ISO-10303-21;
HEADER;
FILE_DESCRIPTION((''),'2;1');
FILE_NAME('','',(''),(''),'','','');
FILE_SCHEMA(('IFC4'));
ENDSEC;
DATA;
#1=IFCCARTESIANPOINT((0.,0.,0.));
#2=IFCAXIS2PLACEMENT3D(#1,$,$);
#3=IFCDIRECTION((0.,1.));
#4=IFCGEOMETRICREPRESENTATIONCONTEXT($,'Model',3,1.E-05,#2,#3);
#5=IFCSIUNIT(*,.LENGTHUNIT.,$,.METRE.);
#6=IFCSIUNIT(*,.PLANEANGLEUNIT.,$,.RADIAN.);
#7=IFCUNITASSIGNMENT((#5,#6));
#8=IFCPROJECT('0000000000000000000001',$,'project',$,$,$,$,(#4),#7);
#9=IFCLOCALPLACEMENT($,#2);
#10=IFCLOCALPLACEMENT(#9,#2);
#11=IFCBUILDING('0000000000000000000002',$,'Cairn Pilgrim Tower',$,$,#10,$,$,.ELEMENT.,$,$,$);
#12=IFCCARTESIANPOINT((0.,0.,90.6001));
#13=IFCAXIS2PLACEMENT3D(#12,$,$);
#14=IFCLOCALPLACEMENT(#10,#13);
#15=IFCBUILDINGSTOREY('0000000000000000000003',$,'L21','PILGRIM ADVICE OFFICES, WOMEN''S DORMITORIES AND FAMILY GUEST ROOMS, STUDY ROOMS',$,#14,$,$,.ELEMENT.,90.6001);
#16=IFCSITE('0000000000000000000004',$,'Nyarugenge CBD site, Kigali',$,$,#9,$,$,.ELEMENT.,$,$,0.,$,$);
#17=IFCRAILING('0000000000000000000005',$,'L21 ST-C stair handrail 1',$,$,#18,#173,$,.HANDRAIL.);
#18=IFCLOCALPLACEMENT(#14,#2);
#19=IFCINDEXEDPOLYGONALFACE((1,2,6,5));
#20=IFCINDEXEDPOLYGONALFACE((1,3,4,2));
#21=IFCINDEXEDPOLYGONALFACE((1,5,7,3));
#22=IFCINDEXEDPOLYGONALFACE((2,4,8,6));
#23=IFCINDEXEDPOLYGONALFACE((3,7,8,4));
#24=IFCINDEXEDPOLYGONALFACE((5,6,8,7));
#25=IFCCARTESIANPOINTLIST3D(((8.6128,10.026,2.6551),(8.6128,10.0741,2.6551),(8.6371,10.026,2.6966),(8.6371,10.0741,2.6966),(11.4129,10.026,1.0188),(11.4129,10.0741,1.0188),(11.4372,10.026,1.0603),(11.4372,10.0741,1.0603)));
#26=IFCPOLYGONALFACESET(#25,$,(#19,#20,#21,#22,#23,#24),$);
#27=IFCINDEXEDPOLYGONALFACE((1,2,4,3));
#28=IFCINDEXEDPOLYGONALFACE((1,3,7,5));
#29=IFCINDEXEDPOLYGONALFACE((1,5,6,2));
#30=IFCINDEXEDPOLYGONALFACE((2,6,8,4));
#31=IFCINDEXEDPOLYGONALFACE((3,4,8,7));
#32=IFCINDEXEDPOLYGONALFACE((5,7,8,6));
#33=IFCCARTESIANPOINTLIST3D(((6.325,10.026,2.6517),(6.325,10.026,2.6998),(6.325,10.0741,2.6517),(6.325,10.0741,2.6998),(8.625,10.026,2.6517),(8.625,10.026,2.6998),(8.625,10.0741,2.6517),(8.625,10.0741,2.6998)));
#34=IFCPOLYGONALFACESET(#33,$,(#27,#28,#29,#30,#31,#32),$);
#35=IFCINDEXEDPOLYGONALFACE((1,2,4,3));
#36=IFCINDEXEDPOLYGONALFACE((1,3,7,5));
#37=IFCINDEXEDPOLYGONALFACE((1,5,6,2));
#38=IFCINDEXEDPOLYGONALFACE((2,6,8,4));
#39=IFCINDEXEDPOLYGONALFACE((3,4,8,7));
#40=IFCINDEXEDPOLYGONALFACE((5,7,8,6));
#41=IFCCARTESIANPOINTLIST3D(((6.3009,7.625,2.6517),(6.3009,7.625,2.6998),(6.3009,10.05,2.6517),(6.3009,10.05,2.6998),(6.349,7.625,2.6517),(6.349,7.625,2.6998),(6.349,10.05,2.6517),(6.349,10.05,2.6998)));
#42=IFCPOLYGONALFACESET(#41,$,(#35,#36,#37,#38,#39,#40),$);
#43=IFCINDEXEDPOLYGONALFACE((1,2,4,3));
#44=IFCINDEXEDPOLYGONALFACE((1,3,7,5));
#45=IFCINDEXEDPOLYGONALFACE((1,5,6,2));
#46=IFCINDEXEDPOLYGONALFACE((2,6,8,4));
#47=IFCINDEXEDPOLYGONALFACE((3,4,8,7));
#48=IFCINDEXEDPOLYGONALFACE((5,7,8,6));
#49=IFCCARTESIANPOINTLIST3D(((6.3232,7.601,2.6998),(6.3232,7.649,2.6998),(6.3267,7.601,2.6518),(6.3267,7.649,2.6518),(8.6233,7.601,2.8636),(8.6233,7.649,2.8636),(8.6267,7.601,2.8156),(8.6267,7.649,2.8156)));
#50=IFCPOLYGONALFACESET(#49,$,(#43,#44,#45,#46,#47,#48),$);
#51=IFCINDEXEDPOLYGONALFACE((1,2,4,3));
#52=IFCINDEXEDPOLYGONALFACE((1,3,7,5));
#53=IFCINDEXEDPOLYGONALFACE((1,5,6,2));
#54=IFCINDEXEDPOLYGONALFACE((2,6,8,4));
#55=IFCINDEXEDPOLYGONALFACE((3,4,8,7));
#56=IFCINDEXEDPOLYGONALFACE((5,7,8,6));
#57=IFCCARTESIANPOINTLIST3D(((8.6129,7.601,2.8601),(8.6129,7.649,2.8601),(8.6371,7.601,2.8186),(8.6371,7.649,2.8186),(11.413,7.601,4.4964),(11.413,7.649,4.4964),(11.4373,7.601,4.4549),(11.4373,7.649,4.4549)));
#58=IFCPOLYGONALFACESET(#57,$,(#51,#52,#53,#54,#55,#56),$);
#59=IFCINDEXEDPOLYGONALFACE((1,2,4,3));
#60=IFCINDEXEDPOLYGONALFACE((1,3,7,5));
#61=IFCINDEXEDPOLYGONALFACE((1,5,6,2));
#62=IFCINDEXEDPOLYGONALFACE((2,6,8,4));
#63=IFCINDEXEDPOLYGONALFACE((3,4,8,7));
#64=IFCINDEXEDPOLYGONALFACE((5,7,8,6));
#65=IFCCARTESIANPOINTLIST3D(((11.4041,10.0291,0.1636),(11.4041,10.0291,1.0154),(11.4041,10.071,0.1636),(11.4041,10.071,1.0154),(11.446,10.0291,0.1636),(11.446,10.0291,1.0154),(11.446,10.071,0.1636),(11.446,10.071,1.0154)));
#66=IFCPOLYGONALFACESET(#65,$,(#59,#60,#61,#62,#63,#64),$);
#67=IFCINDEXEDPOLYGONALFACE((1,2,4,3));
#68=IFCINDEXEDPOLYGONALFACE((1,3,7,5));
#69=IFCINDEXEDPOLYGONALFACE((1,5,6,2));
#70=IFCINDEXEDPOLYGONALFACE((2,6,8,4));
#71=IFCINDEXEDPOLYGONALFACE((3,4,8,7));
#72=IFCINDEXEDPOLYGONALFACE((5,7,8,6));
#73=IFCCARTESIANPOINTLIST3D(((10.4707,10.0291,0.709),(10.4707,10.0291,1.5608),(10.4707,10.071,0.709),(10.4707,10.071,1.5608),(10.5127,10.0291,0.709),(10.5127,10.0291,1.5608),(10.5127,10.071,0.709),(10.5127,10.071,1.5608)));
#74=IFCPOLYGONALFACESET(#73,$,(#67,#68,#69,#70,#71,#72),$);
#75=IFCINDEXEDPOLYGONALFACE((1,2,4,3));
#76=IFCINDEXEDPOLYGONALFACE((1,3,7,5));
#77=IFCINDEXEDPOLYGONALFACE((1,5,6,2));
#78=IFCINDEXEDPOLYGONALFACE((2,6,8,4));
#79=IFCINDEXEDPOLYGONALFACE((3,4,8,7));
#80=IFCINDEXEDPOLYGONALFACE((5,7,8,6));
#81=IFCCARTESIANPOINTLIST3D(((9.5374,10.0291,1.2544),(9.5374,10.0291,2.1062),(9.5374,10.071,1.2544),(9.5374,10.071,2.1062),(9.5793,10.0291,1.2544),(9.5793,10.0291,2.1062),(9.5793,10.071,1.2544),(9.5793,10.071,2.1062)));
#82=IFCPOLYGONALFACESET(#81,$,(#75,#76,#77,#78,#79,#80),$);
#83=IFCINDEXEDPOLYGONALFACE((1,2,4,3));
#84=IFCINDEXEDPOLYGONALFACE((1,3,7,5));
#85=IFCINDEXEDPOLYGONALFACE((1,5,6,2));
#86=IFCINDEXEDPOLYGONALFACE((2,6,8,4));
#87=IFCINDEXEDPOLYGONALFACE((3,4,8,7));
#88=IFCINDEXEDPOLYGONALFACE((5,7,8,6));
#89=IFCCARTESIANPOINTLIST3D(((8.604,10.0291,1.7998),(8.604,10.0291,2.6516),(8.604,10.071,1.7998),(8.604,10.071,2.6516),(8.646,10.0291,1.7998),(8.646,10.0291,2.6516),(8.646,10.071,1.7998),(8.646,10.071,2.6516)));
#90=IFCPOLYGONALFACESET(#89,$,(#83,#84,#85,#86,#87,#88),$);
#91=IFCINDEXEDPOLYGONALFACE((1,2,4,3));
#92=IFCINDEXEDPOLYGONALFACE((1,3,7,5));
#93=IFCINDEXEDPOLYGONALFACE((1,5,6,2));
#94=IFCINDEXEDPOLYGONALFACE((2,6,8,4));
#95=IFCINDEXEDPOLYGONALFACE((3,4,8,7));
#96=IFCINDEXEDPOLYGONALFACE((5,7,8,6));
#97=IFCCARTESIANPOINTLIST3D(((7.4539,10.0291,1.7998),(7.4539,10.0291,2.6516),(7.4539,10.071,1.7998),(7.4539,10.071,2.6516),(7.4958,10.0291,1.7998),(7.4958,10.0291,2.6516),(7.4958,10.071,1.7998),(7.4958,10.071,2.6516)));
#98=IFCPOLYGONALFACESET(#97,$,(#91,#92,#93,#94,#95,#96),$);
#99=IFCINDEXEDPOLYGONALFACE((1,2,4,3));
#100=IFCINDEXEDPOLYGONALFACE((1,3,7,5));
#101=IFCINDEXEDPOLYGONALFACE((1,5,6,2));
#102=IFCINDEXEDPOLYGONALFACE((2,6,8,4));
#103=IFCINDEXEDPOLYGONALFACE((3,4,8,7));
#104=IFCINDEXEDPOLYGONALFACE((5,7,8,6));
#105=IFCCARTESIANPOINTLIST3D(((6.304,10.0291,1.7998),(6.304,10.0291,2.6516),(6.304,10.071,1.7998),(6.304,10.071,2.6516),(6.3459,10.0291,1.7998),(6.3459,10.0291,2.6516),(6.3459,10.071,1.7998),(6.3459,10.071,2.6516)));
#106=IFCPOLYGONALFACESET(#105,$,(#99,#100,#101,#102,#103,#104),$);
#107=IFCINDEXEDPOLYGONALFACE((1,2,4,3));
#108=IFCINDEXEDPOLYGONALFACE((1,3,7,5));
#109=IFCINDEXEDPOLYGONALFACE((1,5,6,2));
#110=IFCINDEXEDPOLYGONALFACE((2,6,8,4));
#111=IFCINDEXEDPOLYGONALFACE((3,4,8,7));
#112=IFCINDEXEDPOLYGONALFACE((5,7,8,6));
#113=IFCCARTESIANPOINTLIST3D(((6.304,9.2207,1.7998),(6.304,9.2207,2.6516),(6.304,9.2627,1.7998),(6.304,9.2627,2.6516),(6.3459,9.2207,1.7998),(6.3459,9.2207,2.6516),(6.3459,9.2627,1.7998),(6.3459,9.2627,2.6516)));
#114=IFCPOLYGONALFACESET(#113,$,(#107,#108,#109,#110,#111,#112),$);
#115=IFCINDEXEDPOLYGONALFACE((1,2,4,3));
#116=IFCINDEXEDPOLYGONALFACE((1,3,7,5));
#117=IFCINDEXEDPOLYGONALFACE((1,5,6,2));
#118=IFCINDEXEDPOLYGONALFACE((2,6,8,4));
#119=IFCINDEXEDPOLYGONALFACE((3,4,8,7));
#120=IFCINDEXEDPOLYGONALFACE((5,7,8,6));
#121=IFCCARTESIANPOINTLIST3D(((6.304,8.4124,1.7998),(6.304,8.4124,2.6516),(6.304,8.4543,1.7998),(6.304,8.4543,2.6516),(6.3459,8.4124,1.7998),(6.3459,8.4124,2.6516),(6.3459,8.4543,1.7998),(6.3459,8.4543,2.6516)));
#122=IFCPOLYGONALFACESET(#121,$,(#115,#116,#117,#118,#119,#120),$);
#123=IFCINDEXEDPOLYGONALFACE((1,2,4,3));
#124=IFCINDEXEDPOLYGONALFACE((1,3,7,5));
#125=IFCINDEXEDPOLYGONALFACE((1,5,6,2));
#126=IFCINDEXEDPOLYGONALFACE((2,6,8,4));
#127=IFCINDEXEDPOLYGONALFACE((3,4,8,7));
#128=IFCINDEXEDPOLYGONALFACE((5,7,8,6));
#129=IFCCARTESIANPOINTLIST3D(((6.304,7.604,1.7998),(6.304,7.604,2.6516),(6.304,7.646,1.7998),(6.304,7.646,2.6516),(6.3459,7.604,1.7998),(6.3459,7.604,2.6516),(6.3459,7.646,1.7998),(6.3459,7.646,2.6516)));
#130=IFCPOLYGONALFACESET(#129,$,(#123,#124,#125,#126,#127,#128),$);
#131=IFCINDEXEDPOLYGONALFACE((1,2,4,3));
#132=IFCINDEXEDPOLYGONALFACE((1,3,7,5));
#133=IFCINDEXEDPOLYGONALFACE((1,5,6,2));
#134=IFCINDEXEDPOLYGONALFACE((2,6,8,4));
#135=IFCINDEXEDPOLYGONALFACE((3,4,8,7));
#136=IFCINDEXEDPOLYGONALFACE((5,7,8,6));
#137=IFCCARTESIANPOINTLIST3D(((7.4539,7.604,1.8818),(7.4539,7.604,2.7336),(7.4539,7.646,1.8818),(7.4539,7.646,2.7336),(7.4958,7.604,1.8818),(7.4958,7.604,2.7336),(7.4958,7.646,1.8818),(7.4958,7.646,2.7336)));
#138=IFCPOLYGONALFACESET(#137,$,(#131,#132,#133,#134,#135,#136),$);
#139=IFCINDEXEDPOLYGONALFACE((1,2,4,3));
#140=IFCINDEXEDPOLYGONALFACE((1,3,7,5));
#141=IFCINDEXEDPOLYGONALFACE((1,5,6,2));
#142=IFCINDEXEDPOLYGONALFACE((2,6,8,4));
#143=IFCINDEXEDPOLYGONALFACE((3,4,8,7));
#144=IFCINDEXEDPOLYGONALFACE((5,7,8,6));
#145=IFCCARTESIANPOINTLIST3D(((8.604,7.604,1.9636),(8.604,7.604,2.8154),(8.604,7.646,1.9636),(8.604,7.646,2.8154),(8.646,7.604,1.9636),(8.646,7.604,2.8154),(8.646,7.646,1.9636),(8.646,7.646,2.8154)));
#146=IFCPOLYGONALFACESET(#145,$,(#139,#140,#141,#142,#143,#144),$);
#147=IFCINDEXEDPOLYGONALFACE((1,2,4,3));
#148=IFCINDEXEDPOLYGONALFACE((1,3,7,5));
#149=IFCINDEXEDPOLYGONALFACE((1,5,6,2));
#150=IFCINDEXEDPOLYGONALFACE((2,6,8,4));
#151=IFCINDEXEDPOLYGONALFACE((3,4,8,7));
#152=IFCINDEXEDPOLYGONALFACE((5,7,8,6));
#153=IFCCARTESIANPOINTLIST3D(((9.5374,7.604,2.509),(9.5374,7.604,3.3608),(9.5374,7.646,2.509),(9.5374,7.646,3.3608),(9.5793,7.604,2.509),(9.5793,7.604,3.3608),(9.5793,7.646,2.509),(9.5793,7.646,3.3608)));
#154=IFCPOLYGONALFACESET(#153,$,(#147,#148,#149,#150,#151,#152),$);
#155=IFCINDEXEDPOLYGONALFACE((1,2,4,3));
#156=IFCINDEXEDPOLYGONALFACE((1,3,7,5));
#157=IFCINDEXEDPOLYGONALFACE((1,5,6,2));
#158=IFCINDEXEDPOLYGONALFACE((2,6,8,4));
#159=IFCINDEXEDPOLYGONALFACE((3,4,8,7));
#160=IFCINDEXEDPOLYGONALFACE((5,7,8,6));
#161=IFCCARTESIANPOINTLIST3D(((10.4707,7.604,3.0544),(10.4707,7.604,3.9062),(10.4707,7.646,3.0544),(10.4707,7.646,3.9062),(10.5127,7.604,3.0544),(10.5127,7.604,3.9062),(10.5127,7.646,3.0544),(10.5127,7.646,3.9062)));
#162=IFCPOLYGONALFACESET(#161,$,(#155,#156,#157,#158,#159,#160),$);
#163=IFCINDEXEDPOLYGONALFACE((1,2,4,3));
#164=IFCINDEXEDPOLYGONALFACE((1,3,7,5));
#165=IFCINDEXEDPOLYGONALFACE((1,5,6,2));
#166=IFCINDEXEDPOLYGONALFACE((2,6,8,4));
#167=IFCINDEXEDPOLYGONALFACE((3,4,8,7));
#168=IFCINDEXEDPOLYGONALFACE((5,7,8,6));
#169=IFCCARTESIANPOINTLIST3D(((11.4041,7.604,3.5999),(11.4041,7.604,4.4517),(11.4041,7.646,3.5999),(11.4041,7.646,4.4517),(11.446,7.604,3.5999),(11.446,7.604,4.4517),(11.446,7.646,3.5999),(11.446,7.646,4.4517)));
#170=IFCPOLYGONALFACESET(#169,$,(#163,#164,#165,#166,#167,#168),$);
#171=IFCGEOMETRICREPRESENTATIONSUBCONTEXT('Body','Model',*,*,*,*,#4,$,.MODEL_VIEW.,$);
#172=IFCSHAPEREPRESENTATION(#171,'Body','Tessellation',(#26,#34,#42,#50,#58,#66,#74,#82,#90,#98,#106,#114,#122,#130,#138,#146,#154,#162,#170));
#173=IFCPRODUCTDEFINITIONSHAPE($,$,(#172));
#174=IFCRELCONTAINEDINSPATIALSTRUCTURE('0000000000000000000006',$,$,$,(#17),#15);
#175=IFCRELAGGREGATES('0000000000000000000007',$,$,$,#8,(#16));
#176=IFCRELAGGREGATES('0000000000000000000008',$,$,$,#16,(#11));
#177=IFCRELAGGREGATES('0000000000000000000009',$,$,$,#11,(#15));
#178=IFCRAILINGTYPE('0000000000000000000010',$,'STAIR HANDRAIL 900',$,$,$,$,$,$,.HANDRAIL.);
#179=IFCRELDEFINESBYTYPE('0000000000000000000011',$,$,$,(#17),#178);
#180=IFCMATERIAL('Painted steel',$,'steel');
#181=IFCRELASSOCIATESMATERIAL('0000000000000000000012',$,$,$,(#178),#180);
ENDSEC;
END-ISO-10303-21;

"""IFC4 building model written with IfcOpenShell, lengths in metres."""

from ifc_helpers import new_model, si_unit, direction, frame, origin, origin_2d, place, context, subcontext, project, spatial, rectangle, extrude, material, type_object, element, save


model = new_model("IFC4")

# Units and contexts
model_context = context("Model", 3, precision=1e-05, world=origin(), true_north=direction((0.0, 1.0)))
body_context = subcontext(model_context, "Body", "Model", "MODEL_VIEW")
ifc_project = project(units=[si_unit("LENGTHUNIT", "METRE"), si_unit("PLANEANGLEUNIT", "RADIAN")], contexts=[model_context])

# Site, building, storey
site_placement = place(None, origin())
site = spatial("IfcSite", under=ifc_project, at=site_placement, Name="Nyarugenge CBD site, Kigali", CompositionType="ELEMENT", RefElevation=0.0)
building_placement = place(site_placement, origin())
building = spatial("IfcBuilding", under=site, at=building_placement, Name="Cairn Pilgrim Tower", CompositionType="ELEMENT")
storey_placement = place(building_placement, frame((0.0, 0.0, 90.6001)))
storey = spatial("IfcBuildingStorey", under=building, at=storey_placement, Name="L21", Description="PILGRIM ADVICE OFFICES, WOMEN'S DORMITORIES AND FAMILY GUEST ROOMS, STUDY ROOMS", CompositionType="ELEMENT", Elevation=90.6001)

# Railing
ifc_material_1 = material(Name="Painted steel", Category="steel")
railing_type = type_object("IfcRailingType", Name="STAIR HANDRAIL 900", PredefinedType="HANDRAIL", material=ifc_material_1)
railing_placement = place(storey_placement, frame((11.425, 10.05, 0.1636)))
element("IfcRailing", 1, at=railing_placement, inside=storey, type_object=railing_type, Name="L21 ST-C stair handrail 1", PredefinedType="HANDRAIL", context=body_context, shape_type="SweptSolid", body=[
    extrude(rectangle(XDim=0.0481, YDim=0.0481, at=origin_2d()), frame((0.0, 0.0, 0.876), z_axis=(-0.863394, 0.0, 0.504531), x_axis=(0.0, -1.0, 0.0)), (0.0, 0.0, 1.0), 3.2432),
    extrude(rectangle(XDim=0.0481, YDim=0.0481, at=origin_2d()), frame((-2.8, 0.0, 2.5122), z_axis=(-1.0, 0.0, 0.0), x_axis=(0.0, -1.0, 0.0)), (0.0, 0.0, 1.0), 2.3),
    extrude(rectangle(XDim=0.0481, YDim=0.0481, at=origin_2d()), frame((-5.1001, 0.0, 2.5122), z_axis=(0.0, -1.0, 0.0), x_axis=(1.0, 0.0, 0.0)), (0.0, 0.0, 1.0), 2.425),
    extrude(rectangle(XDim=0.0481, YDim=0.0481, at=origin_2d()), frame((-5.1001, -2.425, 2.5122), z_axis=(0.997473, 0.0, 0.071044), x_axis=(0.0, 1.0, 0.0)), (0.0, 0.0, 1.0), 2.3059),
    extrude(rectangle(XDim=0.0481, YDim=0.0481, at=origin_2d()), frame((-2.8, -2.425, 2.6758), z_axis=(0.863394, 0.0, 0.504531), x_axis=(0.0, 1.0, 0.0)), (0.0, 0.0, 1.0), 3.2432),
    extrude(rectangle(XDim=0.042, YDim=0.042, at=origin_2d()), origin(), (0.0, 0.0, 1.0), 0.8518),
    extrude(rectangle(XDim=0.042, YDim=0.042, at=origin_2d()), frame((-0.9333, 0.0, 0.5454)), (0.0, 0.0, 1.0), 0.8518),
    extrude(rectangle(XDim=0.042, YDim=0.042, at=origin_2d()), frame((-1.8667, 0.0, 1.0908)), (0.0, 0.0, 1.0), 0.8518),
    extrude(rectangle(XDim=0.042, YDim=0.042, at=origin_2d()), frame((-2.8, 0.0, 1.6362)), (0.0, 0.0, 1.0), 0.8518),
    extrude(rectangle(XDim=0.042, YDim=0.042, at=origin_2d()), frame((-3.9502, 0.0, 1.6362)), (0.0, 0.0, 1.0), 0.8518),
    extrude(rectangle(XDim=0.042, YDim=0.042, at=origin_2d()), frame((-5.1001, 0.0, 1.6362)), (0.0, 0.0, 1.0), 0.8518),
    extrude(rectangle(XDim=0.042, YDim=0.042, at=origin_2d()), frame((-5.1001, -0.8083, 1.6362)), (0.0, 0.0, 1.0), 0.8518),
    extrude(rectangle(XDim=0.042, YDim=0.042, at=origin_2d()), frame((-5.1001, -1.6167, 1.6362)), (0.0, 0.0, 1.0), 0.8518),
    extrude(rectangle(XDim=0.042, YDim=0.042, at=origin_2d()), frame((-5.1001, -2.425, 1.6362)), (0.0, 0.0, 1.0), 0.8518),
    extrude(rectangle(XDim=0.042, YDim=0.042, at=origin_2d()), frame((-3.9502, -2.425, 1.7183)), (0.0, 0.0, 1.0), 0.8518),
    extrude(rectangle(XDim=0.042, YDim=0.042, at=origin_2d()), frame((-2.8, -2.425, 1.8)), (0.0, 0.0, 1.0), 0.8518),
    extrude(rectangle(XDim=0.042, YDim=0.042, at=origin_2d()), frame((-1.8667, -2.425, 2.3455)), (0.0, 0.0, 1.0), 0.8518),
    extrude(rectangle(XDim=0.042, YDim=0.042, at=origin_2d()), frame((-0.9333, -2.425, 2.8909)), (0.0, 0.0, 1.0), 0.8518),
    extrude(rectangle(XDim=0.042, YDim=0.042, at=origin_2d()), frame((0.0, -2.425, 3.4363)), (0.0, 0.0, 1.0), 0.8518),
])

save(model, "model.ifc")
